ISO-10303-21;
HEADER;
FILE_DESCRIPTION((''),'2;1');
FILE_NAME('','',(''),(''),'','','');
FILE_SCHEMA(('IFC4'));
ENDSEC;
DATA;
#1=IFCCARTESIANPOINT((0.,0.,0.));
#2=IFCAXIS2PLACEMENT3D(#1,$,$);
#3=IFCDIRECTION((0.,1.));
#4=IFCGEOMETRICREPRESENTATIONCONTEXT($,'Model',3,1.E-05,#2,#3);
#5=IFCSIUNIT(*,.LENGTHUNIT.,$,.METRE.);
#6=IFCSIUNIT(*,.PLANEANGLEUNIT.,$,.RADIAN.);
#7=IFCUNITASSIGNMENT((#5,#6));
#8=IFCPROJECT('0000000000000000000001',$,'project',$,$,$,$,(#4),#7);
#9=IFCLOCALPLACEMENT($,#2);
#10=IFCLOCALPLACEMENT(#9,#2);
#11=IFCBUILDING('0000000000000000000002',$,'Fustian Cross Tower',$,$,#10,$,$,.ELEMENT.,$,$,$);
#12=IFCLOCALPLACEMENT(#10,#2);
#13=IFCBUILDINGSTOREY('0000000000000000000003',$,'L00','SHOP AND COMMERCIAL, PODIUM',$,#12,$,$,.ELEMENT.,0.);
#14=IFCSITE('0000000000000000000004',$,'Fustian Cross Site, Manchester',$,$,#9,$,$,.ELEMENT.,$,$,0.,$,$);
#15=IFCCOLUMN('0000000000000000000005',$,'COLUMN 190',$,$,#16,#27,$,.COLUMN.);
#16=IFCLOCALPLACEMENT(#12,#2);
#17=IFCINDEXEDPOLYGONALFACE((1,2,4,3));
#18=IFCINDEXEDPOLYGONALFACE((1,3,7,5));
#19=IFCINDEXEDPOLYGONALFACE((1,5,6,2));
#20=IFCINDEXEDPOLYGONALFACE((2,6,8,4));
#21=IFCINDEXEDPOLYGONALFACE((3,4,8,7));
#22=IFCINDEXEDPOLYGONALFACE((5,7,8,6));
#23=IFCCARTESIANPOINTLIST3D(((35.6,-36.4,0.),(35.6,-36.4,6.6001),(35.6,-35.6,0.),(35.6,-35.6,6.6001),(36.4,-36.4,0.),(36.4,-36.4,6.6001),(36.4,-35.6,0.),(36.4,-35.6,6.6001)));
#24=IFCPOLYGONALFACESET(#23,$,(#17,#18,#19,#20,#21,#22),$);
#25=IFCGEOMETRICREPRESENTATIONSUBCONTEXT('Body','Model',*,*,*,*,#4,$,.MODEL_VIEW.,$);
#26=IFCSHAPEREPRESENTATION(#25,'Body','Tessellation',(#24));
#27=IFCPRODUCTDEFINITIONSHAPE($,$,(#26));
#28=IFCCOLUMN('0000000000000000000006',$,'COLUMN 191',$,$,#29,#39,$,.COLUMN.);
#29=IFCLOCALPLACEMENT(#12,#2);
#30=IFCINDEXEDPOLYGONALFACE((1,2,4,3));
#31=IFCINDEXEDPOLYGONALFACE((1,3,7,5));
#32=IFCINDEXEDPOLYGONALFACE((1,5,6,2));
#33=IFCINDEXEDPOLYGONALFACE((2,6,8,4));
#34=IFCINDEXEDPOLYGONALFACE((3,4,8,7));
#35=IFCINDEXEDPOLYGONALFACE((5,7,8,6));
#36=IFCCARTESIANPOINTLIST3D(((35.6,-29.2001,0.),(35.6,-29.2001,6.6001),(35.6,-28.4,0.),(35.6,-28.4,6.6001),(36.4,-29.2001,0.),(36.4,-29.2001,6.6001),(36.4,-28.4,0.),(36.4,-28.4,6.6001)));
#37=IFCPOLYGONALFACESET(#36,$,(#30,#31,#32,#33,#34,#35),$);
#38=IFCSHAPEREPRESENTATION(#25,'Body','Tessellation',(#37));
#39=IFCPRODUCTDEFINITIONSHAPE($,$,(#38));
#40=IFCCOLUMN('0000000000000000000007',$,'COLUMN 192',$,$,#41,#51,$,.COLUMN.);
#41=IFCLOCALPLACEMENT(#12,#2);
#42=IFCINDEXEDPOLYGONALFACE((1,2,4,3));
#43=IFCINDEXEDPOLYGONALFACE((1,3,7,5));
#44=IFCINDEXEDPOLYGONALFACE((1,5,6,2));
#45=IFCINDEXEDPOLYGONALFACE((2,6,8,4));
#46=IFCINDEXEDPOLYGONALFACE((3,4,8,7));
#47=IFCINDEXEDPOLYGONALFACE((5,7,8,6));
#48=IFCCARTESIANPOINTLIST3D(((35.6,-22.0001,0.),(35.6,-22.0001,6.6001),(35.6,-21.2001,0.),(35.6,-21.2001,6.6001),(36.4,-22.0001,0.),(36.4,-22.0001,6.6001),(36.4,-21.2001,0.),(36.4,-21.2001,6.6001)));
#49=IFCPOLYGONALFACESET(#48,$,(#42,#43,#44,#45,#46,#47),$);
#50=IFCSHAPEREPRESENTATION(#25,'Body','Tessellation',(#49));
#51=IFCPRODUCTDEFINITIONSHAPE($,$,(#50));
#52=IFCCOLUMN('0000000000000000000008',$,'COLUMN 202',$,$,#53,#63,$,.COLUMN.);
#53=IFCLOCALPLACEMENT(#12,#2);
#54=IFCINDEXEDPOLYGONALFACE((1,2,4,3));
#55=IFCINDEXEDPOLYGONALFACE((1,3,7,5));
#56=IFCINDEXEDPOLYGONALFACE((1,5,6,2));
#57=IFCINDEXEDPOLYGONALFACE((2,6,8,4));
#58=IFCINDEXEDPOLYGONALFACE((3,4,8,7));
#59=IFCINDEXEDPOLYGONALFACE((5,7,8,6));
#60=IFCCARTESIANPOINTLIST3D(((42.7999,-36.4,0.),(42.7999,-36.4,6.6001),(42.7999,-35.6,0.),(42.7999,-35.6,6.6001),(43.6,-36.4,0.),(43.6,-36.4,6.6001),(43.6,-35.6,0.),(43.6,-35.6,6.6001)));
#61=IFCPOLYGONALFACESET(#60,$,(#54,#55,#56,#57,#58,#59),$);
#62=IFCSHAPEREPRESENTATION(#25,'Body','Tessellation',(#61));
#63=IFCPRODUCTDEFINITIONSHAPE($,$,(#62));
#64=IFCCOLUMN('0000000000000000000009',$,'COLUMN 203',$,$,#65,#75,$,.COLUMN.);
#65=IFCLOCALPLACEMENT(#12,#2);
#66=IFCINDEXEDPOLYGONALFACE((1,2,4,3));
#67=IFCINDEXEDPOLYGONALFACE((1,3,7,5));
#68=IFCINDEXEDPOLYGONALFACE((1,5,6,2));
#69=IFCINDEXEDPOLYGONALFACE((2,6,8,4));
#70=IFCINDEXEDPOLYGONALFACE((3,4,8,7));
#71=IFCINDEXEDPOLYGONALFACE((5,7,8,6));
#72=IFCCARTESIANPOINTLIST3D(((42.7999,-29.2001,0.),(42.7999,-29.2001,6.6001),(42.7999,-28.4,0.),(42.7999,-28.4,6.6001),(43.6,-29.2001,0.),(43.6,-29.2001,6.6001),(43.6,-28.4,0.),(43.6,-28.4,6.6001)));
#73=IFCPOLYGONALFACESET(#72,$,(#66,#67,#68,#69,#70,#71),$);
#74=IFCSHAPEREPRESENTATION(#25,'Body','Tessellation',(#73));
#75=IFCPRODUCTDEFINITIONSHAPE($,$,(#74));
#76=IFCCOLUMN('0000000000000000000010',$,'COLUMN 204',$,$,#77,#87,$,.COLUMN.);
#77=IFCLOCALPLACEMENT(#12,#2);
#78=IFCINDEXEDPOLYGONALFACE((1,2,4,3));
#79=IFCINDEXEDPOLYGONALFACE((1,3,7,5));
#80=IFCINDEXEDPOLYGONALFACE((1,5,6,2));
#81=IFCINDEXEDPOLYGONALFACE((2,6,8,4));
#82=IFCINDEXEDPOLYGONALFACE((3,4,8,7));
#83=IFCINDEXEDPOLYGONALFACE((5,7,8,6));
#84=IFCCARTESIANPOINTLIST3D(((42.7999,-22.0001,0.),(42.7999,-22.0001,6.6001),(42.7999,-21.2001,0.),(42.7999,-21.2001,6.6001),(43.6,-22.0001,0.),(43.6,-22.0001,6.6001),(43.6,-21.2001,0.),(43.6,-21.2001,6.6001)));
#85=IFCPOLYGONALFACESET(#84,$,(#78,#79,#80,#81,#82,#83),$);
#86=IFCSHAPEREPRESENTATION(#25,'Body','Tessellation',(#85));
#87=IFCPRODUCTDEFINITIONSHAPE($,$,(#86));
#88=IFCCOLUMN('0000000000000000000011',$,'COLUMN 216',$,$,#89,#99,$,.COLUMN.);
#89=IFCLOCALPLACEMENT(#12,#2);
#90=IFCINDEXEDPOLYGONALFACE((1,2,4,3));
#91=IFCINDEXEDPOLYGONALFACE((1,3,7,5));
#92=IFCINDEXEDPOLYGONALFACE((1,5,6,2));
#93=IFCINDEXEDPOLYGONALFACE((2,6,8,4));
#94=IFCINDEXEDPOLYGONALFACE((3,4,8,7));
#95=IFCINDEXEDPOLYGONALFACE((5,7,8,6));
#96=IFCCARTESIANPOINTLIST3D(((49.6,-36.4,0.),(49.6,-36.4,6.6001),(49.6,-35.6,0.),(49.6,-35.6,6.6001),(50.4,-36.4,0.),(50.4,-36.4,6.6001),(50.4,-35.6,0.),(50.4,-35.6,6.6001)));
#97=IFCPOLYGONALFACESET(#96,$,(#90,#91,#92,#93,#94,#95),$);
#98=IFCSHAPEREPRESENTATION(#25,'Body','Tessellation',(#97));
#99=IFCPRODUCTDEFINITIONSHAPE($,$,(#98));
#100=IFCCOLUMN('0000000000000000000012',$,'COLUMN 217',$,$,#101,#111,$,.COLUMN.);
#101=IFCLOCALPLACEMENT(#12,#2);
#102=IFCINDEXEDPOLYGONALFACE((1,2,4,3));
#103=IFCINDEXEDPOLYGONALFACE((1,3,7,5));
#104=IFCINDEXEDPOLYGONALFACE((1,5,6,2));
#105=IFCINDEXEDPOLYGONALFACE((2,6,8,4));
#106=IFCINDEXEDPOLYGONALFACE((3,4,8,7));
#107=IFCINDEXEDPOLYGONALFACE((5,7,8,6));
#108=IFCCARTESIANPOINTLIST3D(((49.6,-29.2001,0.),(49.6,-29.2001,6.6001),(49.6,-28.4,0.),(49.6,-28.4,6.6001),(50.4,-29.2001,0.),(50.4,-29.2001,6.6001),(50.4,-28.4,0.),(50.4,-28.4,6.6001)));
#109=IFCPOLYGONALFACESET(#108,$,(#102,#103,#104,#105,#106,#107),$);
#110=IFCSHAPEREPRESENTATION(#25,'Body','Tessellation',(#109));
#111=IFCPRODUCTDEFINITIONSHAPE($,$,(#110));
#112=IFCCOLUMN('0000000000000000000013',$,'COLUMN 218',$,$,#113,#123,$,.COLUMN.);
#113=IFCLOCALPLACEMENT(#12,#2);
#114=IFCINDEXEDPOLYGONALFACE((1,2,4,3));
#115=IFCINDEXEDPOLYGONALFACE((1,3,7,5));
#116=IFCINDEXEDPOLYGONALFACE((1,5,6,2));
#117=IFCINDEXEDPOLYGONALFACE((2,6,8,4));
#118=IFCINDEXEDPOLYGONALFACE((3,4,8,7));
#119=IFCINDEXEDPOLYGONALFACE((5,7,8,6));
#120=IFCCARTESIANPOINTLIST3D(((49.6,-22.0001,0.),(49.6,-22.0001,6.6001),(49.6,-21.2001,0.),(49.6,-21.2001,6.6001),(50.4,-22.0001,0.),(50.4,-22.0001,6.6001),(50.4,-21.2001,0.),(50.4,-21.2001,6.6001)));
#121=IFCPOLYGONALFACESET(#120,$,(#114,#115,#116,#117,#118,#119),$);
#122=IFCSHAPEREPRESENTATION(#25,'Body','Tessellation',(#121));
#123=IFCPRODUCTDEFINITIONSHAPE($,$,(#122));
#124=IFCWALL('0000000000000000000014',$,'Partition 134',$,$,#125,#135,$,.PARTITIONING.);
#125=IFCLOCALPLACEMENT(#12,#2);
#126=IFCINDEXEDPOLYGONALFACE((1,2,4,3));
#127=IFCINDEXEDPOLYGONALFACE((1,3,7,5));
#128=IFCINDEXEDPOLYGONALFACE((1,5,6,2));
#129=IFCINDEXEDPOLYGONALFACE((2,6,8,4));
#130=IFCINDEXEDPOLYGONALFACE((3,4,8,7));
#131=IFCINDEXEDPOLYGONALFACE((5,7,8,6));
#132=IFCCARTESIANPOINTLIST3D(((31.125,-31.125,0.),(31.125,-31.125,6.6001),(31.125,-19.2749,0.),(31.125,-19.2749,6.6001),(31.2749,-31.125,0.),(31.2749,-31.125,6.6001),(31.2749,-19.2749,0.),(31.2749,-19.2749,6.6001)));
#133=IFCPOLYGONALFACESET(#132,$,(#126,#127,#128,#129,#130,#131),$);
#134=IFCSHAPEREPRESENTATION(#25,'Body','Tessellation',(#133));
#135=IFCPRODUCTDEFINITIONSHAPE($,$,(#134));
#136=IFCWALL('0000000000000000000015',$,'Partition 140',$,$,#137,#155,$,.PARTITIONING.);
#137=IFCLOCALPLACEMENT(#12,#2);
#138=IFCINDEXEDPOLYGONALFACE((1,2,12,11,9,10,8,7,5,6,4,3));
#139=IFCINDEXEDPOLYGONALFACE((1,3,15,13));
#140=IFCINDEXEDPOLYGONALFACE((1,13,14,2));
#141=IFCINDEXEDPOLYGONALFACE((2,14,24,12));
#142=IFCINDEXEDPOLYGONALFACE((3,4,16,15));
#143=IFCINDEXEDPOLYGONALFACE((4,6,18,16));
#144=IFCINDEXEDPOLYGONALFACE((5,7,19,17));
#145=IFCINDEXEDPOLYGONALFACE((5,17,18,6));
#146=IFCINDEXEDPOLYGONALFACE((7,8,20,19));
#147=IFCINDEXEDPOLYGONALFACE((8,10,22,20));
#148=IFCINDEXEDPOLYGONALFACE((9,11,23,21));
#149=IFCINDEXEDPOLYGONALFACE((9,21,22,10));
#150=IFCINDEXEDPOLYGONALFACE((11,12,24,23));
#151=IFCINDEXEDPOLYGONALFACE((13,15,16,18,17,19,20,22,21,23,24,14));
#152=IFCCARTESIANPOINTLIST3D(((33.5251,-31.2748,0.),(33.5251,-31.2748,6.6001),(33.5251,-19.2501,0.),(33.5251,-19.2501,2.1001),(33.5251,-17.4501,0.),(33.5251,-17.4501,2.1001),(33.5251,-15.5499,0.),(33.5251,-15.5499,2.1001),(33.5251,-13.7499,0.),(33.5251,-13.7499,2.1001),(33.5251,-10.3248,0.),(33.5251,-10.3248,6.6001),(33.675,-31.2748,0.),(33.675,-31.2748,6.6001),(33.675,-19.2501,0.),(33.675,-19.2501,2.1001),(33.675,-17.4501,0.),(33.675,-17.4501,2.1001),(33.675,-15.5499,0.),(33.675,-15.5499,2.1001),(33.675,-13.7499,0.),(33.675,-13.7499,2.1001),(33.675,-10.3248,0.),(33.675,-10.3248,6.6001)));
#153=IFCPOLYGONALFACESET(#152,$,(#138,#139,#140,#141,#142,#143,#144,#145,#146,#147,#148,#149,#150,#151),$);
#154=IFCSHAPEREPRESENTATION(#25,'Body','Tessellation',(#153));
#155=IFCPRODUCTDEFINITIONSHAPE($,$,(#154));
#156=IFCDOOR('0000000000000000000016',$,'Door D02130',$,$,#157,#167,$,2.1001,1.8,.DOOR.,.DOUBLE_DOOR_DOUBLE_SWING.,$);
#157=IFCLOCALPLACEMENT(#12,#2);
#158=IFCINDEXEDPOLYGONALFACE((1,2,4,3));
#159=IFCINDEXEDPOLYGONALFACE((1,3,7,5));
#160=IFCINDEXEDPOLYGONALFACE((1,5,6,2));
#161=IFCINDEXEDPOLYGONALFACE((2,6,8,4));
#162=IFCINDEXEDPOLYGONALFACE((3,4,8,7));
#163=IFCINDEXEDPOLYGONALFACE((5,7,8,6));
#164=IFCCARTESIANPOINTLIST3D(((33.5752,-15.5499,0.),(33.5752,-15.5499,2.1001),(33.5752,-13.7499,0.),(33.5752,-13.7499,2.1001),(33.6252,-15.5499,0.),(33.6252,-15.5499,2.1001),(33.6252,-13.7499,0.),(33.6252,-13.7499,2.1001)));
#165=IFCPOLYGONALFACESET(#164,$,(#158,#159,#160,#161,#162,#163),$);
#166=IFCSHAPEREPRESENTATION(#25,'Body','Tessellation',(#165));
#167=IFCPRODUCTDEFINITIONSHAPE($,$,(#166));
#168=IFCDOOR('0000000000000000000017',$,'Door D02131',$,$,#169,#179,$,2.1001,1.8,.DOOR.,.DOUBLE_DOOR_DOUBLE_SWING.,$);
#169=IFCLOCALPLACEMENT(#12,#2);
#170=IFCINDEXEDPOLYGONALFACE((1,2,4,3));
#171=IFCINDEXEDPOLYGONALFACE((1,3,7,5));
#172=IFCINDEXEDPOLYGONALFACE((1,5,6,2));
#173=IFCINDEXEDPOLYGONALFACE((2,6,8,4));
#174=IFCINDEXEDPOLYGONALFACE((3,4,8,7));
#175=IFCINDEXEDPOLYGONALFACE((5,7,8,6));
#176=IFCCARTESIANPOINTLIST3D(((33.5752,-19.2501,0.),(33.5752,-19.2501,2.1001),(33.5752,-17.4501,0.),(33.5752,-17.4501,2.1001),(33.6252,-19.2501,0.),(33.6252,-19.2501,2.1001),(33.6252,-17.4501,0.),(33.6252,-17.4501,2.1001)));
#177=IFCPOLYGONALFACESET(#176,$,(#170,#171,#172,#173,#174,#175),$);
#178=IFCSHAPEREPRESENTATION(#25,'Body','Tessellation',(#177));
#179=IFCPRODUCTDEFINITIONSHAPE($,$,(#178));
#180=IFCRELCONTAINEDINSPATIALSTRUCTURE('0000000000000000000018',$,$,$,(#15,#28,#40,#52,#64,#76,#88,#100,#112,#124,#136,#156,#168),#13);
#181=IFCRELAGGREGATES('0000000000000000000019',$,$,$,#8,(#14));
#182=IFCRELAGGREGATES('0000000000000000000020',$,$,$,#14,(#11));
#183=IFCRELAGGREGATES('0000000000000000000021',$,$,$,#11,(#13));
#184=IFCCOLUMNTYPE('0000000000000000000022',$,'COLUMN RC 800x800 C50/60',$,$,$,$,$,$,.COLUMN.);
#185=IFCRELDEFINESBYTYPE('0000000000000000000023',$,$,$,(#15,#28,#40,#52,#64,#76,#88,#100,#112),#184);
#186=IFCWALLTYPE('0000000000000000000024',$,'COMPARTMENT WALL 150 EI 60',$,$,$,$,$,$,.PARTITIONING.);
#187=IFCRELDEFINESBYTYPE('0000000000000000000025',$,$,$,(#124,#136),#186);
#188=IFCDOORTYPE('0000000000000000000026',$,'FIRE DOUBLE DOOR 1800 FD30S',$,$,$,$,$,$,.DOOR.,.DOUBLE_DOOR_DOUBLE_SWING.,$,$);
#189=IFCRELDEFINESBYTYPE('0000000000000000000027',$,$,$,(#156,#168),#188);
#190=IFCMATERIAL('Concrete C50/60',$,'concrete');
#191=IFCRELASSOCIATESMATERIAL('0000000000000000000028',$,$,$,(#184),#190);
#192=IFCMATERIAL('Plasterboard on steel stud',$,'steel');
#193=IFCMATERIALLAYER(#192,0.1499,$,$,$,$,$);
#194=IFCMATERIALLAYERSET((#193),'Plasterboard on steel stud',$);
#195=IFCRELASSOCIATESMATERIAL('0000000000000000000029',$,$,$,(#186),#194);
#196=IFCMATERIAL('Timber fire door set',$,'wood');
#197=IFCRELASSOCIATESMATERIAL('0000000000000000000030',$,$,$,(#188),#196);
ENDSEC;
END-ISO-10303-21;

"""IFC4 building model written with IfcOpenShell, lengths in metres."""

from ifc_helpers import new_model, si_unit, direction, frame, frame_2d, origin, origin_2d, place, context, subcontext, project, spatial, rectangle, extrude, material, layer, layer_set, material_profile, profile_set, type_object, element, fill, save


model = new_model("IFC4")

# Units and contexts
model_context = context("Model", 3, precision=1e-05, world=origin(), true_north=direction((0.0, 1.0)))
body_context = subcontext(model_context, "Body", "Model", "MODEL_VIEW")
ifc_project = project(units=[si_unit("LENGTHUNIT", "METRE"), si_unit("PLANEANGLEUNIT", "RADIAN")], contexts=[model_context])

# Site, building, storey
site_placement = place(None, origin())
site = spatial("IfcSite", under=ifc_project, at=site_placement, Name="Fustian Cross Site, Manchester", CompositionType="ELEMENT", RefElevation=0.0)
building_placement = place(site_placement, origin())
building = spatial("IfcBuilding", under=site, at=building_placement, Name="Fustian Cross Tower", CompositionType="ELEMENT")
storey_placement = place(building_placement, origin())
storey = spatial("IfcBuildingStorey", under=building, at=storey_placement, Name="L00", Description="SHOP AND COMMERCIAL, PODIUM", CompositionType="ELEMENT", Elevation=0.0)

# Columns
ifc_material_1 = material(Name="Concrete C50/60", Category="concrete")
ifc_material_profile = material_profile(ifc_material_1, rectangle(XDim=0.8, YDim=0.8, at=origin_2d()), Name="RC 800x800")
ifc_profile_set = profile_set([ifc_material_profile], Name="Concrete C50/60")
column_type = type_object("IfcColumnType", Name="COLUMN RC 800x800 C50/60", PredefinedType="COLUMN", material=ifc_profile_set)
for number, where, z_axis, x_axis, name in (
    (1, (36.0, -36.0, 0.0), (0.0, 0.0, 1.0), (1.0, 0.0, 0.0), "COLUMN 190"),
    (2, (36.0, -28.8, 0.0), (0.0, 0.0, 1.0), (1.0, 0.0, 0.0), "COLUMN 191"),
    (3, (36.0, -21.6001, 0.0), (0.0, 0.0, 1.0), (1.0, 0.0, 0.0), "COLUMN 192"),
    (4, (43.2, -36.0, 0.0), (0.0, 0.0, 1.0), (1.0, 0.0, 0.0), "COLUMN 202"),
    (5, (43.2, -28.8, 0.0), (0.0, 0.0, 1.0), (1.0, 0.0, 0.0), "COLUMN 203"),
    (6, (43.2, -21.6001, 0.0), (0.0, 0.0, 1.0), (1.0, 0.0, 0.0), "COLUMN 204"),
    (7, (50.0, -36.0, 0.0), (0.0, 0.0, 1.0), (1.0, 0.0, 0.0), "COLUMN 216"),
    (8, (50.0, -28.8, 0.0), (0.0, 0.0, 1.0), (1.0, 0.0, 0.0), "COLUMN 217"),
    (9, (50.0, -21.6001, 0.0), (0.0, 0.0, 1.0), (1.0, 0.0, 0.0), "COLUMN 218"),
):
    element("IfcColumn", number, at=place(storey_placement, frame(where, z_axis=z_axis, x_axis=x_axis)), inside=storey, type_object=column_type, Name=name, PredefinedType="COLUMN", context=body_context, shape_type="SweptSolid", body=[
        extrude(rectangle(XDim=0.8, YDim=0.8, at=origin_2d()), origin(), (0.0, 0.0, 1.0), 6.6001),
    ])

# Wall
ifc_material_2 = material(Name="Plasterboard on steel stud", Category="steel")
ifc_layer_1 = layer(ifc_material_2, 0.1499)
ifc_layer_set_1 = layer_set([ifc_layer_1], Name="Plasterboard on steel stud")
wall_type_1 = type_object("IfcWallType", Name="COMPARTMENT WALL 150 EI 60", PredefinedType="PARTITIONING", material=ifc_layer_set_1)
wall_1_placement = place(storey_placement, frame((31.2, -31.125, 0.0), z_axis=(0.0, 0.0, 1.0), x_axis=(0.0, 1.0, 0.0)))
element("IfcWall", 10, at=wall_1_placement, inside=storey, type_object=wall_type_1, Name="Partition 134", PredefinedType="PARTITIONING", context=body_context, shape_type="SweptSolid", body=[
    extrude(rectangle(XDim=11.8501, YDim=0.1499, at=frame_2d((5.925, 0.0))), origin(), (0.0, 0.0, 1.0), 6.6001),
])

# Wall, openings, doors
wall_2_placement = place(storey_placement, frame((33.6001, -31.2749, 0.0), z_axis=(0.0, 0.0, 1.0), x_axis=(0.0, 1.0, 0.0)))
wall_2 = element("IfcWall", 11, at=wall_2_placement, inside=storey, type_object=wall_type_1, Name="Partition 140", PredefinedType="PARTITIONING", context=body_context, shape_type="SweptSolid", body=[
    extrude(rectangle(XDim=20.95, YDim=0.1499, at=frame_2d((10.4751, 0.0))), origin(), (0.0, 0.0, 1.0), 6.6001),
])
opening_1_placement = place(wall_2_placement, frame((15.7251, 0.0, 0.0)))
opening_1 = element("IfcOpeningElement", 12, at=opening_1_placement, cuts=wall_2, PredefinedType="OPENING", context=body_context, shape_type="SweptSolid", body=[
    extrude(rectangle(XDim=1.8, YDim=2.1001, at=frame_2d((0.8999, 1.05))), frame((0.0, 0.085, 0.0), z_axis=(0.0, -1.0, 0.0), x_axis=(1.0, 0.0, 0.0)), (0.0, 0.0, 1.0), 0.1699),
])
opening_2_placement = place(wall_2_placement, frame((12.0249, 0.0, 0.0)))
opening_2 = element("IfcOpeningElement", 13, at=opening_2_placement, cuts=wall_2, PredefinedType="OPENING", context=body_context, shape_type="SweptSolid", body=[
    extrude(rectangle(XDim=1.8, YDim=2.1001, at=frame_2d((0.8999, 1.05))), frame((0.0, 0.085, 0.0), z_axis=(0.0, -1.0, 0.0), x_axis=(1.0, 0.0, 0.0)), (0.0, 0.0, 1.0), 0.1699),
])
ifc_material_3 = material(Name="Timber fire door set", Category="wood")
door_type = type_object("IfcDoorType", Name="FIRE DOUBLE DOOR 1800 FD30S", OperationType="DOUBLE_DOOR_DOUBLE_SWING", PredefinedType="DOOR", material=ifc_material_3)
door_1_placement = place(opening_1_placement, origin())
door_1 = element("IfcDoor", 14, at=door_1_placement, inside=storey, type_object=door_type, Name="Door D02130", OperationType="DOUBLE_DOOR_DOUBLE_SWING", OverallHeight=2.1001, OverallWidth=1.8, PredefinedType="DOOR", context=body_context, shape_type="SweptSolid", body=[
    extrude(rectangle(XDim=1.8, YDim=2.1001, at=frame_2d((0.8999, 1.05))), frame((0.0, 0.0249, 0.0), z_axis=(0.0, -1.0, 0.0), x_axis=(1.0, 0.0, 0.0)), (0.0, 0.0, 1.0), 0.05),
])
fill(opening_1, door_1)
door_2_placement = place(opening_2_placement, origin())
door_2 = element("IfcDoor", 15, at=door_2_placement, inside=storey, type_object=door_type, Name="Door D02131", OperationType="DOUBLE_DOOR_DOUBLE_SWING", OverallHeight=2.1001, OverallWidth=1.8, PredefinedType="DOOR", context=body_context, shape_type="SweptSolid", body=[
    extrude(rectangle(XDim=1.8, YDim=2.1001, at=frame_2d((0.8999, 1.05))), frame((0.0, 0.0249, 0.0), z_axis=(0.0, -1.0, 0.0), x_axis=(1.0, 0.0, 0.0)), (0.0, 0.0, 1.0), 0.05),
])
fill(opening_2, door_2)

save(model, "model.ifc")
